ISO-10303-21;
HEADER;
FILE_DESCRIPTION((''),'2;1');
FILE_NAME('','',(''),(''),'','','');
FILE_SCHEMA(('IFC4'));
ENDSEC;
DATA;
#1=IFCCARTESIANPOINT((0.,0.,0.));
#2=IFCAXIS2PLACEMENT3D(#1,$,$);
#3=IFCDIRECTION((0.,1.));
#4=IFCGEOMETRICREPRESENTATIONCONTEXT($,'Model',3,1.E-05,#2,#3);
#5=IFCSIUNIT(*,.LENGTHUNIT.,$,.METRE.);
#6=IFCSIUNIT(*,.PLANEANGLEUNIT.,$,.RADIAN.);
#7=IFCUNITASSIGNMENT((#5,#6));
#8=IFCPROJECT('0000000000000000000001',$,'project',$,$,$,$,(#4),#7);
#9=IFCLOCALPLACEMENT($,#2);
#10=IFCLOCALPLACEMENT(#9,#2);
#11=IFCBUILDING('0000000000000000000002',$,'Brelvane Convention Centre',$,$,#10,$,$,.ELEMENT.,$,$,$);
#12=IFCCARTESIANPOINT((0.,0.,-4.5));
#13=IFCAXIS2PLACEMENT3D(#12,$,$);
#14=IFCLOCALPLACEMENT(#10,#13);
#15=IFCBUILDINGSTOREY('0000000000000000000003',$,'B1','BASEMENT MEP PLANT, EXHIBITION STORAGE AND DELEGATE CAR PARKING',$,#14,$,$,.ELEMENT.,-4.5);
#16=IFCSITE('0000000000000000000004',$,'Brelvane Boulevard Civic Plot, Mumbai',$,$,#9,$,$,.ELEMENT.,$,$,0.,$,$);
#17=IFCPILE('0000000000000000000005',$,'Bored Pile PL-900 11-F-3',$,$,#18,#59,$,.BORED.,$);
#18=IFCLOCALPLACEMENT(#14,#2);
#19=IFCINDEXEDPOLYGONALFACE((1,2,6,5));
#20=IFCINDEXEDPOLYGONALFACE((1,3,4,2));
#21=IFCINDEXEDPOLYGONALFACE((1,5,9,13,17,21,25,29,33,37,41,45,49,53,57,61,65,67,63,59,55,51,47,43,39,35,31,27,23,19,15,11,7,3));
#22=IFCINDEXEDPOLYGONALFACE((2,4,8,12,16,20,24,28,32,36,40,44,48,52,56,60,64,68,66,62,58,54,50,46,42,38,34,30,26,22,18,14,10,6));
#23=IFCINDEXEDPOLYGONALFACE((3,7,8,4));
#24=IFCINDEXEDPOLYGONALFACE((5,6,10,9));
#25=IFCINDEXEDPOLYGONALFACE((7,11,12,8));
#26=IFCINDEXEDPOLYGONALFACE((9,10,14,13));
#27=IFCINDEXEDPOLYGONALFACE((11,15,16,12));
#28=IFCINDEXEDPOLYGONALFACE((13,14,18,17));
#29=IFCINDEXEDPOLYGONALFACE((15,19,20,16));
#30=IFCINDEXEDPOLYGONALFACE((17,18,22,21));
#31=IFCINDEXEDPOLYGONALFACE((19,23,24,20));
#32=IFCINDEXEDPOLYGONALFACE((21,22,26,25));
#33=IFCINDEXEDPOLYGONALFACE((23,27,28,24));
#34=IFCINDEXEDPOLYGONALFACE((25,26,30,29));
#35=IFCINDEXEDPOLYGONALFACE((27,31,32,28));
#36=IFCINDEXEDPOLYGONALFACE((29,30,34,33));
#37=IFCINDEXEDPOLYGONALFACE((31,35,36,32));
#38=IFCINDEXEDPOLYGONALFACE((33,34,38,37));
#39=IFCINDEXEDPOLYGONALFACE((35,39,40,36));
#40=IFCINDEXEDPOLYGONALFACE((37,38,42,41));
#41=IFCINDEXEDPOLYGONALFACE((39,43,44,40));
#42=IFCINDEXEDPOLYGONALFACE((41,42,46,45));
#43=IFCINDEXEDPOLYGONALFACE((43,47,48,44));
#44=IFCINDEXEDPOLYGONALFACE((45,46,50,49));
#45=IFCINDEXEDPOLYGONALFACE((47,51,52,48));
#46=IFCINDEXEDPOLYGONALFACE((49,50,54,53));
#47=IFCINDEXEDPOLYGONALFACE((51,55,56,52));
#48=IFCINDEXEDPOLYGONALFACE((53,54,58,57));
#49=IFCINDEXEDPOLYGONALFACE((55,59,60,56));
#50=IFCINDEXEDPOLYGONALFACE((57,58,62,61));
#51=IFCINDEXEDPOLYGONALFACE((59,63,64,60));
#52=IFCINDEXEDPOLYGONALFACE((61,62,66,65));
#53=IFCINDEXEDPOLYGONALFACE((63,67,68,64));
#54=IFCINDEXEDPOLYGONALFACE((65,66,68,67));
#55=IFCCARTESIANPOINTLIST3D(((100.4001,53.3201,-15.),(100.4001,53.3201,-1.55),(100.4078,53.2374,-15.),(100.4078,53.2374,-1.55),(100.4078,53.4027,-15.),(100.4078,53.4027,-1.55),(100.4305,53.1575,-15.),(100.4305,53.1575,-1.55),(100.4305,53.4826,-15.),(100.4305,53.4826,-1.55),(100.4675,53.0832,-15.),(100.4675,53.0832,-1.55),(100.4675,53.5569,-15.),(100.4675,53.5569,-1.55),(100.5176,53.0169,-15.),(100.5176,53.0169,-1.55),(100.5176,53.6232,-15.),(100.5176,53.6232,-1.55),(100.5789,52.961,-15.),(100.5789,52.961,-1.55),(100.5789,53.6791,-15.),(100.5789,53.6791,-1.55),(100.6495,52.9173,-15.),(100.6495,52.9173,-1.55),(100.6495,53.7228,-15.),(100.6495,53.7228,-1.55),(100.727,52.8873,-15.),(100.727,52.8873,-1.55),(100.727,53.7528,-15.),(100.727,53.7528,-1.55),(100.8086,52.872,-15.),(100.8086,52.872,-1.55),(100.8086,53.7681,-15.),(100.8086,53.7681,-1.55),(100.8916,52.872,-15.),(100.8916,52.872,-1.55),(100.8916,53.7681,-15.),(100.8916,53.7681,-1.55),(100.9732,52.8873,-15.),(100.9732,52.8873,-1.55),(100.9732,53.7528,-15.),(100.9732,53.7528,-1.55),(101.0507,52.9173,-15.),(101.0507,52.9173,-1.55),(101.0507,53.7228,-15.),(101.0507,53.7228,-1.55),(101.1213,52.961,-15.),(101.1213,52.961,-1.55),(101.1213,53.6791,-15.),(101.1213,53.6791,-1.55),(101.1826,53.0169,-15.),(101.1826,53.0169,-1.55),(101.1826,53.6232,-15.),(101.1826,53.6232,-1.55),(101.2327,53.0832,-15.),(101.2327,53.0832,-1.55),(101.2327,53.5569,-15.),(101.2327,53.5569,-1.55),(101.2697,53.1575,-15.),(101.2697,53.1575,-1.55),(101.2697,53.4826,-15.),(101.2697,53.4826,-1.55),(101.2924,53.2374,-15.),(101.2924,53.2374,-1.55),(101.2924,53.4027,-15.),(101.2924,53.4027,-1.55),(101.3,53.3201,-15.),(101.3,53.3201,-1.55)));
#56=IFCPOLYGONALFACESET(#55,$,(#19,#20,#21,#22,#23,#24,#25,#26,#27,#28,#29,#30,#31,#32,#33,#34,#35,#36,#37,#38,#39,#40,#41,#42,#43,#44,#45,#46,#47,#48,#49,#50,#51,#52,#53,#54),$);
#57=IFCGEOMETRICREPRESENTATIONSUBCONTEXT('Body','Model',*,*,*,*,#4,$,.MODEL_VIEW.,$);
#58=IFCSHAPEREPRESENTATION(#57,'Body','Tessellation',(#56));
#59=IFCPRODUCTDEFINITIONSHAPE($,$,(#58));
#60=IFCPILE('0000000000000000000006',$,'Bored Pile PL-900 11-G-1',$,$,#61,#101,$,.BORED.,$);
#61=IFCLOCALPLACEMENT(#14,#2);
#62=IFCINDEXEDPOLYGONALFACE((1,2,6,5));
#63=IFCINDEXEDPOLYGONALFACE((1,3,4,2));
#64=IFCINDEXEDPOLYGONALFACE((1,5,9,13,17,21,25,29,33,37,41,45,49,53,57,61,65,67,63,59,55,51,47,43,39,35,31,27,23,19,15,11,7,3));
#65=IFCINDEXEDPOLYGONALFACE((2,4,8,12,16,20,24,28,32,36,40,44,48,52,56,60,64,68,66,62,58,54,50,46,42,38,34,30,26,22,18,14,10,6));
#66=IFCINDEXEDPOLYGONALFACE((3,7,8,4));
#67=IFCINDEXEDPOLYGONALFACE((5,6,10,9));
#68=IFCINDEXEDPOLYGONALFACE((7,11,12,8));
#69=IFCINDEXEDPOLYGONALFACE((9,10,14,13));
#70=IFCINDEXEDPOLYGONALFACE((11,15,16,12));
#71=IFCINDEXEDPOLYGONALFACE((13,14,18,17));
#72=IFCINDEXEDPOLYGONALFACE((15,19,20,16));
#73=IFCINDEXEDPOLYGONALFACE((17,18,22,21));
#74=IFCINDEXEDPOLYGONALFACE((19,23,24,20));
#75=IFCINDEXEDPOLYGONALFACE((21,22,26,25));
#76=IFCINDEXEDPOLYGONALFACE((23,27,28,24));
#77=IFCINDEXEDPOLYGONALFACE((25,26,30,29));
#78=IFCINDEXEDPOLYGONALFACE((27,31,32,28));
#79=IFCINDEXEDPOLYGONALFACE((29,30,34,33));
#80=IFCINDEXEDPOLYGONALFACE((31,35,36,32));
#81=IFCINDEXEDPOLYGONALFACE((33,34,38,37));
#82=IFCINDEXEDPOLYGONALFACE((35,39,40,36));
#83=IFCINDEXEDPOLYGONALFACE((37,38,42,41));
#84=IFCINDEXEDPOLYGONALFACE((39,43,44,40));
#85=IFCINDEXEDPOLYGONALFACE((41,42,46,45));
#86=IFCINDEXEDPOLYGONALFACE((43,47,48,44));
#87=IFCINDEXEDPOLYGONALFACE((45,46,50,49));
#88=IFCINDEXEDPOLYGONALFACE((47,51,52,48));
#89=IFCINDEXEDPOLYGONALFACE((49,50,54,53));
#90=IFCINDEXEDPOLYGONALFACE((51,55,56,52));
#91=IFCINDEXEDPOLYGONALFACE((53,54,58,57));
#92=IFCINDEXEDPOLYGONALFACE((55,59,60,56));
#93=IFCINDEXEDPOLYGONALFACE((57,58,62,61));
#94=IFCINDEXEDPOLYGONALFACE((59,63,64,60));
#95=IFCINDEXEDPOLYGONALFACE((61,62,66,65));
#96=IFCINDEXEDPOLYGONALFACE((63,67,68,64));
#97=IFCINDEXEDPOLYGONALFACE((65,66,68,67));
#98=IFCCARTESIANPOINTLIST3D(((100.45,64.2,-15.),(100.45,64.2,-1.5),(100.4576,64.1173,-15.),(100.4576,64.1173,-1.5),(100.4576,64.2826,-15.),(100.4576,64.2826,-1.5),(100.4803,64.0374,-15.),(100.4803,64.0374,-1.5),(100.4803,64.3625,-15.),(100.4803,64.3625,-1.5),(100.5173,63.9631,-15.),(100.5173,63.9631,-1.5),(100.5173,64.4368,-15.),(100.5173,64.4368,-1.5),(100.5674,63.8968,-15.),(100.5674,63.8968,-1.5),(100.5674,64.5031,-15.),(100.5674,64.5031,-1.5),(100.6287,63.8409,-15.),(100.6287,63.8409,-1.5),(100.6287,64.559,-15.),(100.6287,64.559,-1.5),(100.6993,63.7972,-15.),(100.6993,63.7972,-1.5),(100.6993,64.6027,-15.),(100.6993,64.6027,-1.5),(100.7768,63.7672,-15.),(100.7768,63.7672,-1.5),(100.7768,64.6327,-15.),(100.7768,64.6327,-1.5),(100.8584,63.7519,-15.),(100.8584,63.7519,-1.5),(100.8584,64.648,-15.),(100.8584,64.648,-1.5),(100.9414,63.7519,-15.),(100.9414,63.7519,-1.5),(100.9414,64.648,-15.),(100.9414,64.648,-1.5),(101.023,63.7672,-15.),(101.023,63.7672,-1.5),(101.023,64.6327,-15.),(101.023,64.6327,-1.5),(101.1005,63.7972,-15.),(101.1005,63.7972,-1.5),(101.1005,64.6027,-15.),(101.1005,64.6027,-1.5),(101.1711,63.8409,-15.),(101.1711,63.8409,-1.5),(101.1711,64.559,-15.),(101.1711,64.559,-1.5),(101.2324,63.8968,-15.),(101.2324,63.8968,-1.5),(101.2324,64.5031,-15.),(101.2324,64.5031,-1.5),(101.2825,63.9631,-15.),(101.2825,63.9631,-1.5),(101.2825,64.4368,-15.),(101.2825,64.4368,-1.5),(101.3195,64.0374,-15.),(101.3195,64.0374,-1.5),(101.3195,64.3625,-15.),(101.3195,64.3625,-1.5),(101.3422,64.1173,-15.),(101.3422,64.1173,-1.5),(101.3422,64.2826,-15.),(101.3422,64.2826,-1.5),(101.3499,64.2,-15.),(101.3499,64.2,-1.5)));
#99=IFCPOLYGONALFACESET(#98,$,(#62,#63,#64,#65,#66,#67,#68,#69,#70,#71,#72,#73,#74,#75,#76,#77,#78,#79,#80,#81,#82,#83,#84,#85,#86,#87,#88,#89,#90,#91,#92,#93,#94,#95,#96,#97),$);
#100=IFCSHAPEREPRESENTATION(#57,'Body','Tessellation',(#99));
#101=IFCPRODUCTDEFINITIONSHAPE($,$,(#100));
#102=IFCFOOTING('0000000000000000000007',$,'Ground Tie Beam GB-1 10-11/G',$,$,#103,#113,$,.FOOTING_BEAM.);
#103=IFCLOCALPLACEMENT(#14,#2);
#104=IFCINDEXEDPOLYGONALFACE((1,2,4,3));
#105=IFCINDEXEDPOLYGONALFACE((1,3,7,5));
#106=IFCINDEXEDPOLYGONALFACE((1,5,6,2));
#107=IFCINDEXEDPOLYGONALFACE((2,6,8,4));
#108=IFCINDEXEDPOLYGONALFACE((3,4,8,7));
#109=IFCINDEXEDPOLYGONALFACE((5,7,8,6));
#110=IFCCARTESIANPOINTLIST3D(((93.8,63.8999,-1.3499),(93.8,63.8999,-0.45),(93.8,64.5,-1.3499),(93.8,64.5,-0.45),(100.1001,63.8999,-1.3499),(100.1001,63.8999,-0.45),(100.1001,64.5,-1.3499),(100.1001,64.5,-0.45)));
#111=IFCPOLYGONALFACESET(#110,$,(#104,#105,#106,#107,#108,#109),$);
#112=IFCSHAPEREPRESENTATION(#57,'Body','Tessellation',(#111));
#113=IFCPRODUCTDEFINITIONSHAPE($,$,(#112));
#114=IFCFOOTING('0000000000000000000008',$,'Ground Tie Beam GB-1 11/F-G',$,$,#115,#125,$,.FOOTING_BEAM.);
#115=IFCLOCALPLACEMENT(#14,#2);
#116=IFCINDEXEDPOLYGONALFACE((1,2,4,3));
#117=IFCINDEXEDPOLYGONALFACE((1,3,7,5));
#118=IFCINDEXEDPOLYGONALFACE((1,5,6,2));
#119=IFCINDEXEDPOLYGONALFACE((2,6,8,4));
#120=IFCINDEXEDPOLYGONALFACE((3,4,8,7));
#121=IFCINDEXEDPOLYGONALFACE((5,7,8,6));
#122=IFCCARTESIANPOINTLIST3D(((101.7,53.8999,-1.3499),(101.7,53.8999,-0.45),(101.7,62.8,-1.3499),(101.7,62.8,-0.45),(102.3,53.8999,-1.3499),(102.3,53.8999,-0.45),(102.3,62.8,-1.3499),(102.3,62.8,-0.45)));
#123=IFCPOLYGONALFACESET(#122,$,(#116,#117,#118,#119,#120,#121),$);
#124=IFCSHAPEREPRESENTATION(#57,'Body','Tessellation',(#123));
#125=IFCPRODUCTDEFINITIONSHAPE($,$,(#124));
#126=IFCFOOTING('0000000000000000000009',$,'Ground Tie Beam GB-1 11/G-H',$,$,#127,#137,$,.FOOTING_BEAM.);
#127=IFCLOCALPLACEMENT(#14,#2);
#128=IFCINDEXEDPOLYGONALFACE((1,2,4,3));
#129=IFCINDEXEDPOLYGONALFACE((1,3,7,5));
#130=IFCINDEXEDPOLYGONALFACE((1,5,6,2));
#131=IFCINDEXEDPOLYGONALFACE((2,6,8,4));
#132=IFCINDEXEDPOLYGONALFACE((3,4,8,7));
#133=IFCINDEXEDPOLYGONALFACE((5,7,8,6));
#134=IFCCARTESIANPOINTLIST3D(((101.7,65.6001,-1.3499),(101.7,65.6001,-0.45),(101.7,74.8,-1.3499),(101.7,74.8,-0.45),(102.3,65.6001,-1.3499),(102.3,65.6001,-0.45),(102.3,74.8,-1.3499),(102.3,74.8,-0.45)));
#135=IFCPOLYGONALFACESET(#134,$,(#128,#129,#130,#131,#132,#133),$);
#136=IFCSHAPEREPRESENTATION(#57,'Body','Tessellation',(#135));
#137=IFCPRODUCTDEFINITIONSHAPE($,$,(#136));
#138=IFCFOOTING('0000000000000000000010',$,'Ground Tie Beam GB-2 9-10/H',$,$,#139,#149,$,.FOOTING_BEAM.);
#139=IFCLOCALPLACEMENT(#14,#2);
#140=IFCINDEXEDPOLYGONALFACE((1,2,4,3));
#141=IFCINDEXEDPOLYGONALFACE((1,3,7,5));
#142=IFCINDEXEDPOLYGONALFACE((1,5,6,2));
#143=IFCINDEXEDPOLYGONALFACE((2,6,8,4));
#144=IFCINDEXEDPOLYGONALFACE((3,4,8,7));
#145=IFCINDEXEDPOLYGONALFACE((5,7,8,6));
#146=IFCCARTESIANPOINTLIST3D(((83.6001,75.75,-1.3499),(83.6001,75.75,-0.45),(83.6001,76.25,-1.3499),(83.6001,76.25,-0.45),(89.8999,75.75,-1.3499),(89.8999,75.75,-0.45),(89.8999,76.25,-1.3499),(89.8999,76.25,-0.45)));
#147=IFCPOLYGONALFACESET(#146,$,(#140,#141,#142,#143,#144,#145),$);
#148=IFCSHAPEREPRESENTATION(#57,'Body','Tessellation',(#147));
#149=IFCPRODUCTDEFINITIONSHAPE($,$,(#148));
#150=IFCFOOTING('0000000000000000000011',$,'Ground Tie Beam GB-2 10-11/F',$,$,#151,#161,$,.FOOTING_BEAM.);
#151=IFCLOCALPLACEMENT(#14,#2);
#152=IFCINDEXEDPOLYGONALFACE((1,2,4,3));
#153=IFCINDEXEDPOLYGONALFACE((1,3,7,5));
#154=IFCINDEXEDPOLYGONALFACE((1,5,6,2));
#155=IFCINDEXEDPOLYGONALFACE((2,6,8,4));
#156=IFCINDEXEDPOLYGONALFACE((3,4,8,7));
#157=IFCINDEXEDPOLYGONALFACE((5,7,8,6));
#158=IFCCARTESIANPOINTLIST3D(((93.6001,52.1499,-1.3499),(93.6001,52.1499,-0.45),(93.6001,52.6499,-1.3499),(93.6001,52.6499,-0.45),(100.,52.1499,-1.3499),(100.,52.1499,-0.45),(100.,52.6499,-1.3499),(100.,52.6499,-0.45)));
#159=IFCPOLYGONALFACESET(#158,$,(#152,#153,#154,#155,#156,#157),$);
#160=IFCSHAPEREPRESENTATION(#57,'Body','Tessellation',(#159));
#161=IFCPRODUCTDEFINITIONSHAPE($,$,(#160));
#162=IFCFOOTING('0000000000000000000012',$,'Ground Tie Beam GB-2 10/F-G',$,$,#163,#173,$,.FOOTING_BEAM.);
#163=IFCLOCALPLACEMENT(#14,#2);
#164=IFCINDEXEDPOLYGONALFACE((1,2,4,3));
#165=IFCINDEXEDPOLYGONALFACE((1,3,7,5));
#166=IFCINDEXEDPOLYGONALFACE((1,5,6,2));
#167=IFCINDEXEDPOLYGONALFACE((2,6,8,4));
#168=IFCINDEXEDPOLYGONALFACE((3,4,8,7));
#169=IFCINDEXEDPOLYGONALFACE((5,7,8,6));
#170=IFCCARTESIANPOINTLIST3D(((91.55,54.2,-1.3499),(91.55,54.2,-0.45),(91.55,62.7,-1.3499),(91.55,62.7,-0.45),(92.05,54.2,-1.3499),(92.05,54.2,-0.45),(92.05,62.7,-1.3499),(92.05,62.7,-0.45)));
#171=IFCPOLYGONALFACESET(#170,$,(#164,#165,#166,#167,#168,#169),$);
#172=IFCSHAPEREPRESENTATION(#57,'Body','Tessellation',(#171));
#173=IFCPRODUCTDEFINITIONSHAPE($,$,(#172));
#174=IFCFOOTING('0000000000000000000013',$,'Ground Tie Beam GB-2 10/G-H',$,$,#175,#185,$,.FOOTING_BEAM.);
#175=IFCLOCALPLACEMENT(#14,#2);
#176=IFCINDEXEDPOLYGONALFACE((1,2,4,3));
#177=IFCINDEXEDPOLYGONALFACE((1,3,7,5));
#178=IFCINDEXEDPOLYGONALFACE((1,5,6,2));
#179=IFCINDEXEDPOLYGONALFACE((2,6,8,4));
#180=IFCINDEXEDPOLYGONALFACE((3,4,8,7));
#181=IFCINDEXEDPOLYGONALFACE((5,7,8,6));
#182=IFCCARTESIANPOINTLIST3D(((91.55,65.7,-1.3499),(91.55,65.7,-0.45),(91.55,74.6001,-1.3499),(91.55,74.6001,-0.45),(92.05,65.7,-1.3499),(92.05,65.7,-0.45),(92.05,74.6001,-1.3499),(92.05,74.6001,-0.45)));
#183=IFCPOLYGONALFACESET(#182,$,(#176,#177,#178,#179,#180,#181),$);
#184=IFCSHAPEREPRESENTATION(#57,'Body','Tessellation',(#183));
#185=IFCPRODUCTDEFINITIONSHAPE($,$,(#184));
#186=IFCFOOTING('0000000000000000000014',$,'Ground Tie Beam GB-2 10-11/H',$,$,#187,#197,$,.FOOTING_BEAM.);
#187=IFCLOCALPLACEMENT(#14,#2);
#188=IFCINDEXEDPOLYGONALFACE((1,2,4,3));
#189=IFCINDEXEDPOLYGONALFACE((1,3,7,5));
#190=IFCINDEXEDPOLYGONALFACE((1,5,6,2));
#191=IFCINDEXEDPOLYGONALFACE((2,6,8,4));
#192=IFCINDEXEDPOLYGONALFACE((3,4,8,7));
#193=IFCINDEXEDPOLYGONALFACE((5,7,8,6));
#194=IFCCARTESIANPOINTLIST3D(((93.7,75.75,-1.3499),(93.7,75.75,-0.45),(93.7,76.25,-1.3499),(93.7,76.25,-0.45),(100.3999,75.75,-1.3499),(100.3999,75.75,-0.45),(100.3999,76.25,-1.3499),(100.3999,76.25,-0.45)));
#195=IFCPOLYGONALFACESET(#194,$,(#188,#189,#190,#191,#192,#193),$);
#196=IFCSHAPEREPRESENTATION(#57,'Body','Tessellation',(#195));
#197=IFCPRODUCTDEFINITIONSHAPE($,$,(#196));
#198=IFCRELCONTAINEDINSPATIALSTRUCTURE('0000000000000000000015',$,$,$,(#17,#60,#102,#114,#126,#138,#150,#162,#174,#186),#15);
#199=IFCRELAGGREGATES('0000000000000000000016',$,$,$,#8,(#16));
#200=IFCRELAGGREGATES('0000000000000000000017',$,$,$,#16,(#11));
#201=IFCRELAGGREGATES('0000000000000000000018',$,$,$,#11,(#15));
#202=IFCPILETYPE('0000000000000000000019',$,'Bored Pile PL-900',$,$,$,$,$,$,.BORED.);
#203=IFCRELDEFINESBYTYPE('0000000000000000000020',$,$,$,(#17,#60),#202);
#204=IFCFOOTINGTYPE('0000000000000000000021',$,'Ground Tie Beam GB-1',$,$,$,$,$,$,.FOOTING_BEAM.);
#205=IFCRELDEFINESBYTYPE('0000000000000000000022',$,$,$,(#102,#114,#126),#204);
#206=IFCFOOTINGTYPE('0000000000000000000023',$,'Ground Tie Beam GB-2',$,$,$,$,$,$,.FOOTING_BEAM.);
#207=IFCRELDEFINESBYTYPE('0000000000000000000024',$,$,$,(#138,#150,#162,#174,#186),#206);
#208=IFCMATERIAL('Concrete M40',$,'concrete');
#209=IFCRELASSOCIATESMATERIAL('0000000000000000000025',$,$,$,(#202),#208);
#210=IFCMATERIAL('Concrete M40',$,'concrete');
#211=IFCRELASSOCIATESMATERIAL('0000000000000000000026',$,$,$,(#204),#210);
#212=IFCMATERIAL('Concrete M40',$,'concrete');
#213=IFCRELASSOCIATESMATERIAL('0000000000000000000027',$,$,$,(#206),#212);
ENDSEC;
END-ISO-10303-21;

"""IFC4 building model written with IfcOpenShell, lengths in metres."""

from ifc_helpers import new_model, si_unit, direction, frame, origin, origin_2d, place, context, subcontext, project, spatial, rectangle, circle, extrude, material, material_profile, profile_set, type_object, element, save


model = new_model("IFC4")

# Units and contexts
model_context = context("Model", 3, precision=1e-05, world=origin(), true_north=direction((0.0, 1.0)))
body_context = subcontext(model_context, "Body", "Model", "MODEL_VIEW")
ifc_project = project(units=[si_unit("LENGTHUNIT", "METRE"), si_unit("PLANEANGLEUNIT", "RADIAN")], contexts=[model_context])

# Site, building, storey
site_placement = place(None, origin())
site = spatial("IfcSite", under=ifc_project, at=site_placement, Name="Brelvane Boulevard Civic Plot, Mumbai", CompositionType="ELEMENT", RefElevation=0.0)
building_placement = place(site_placement, origin())
building = spatial("IfcBuilding", under=site, at=building_placement, Name="Brelvane Convention Centre", CompositionType="ELEMENT")
storey_placement = place(building_placement, frame((0.0, 0.0, -4.5)))
storey = spatial("IfcBuildingStorey", under=building, at=storey_placement, Name="B1", Description="BASEMENT MEP PLANT, EXHIBITION STORAGE AND DELEGATE CAR PARKING", CompositionType="ELEMENT", Elevation=-4.5)

# Piles
ifc_material_1 = material(Name="Concrete M40", Category="concrete")
ifc_material_profile_1 = material_profile(ifc_material_1, circle(Radius=0.45, at=origin_2d()), Name="PILE D900")
ifc_profile_set_1 = profile_set([ifc_material_profile_1], Name="Concrete M40")
pile_type = type_object("IfcPileType", Name="Bored Pile PL-900", PredefinedType="BORED", material=ifc_profile_set_1)
pile_1_placement = place(storey_placement, frame((100.8501, 53.3201, -1.55), z_axis=(0.0, 0.0, -1.0), x_axis=(1.0, 0.0, 0.0)))
element("IfcPile", 1, at=pile_1_placement, inside=storey, type_object=pile_type, Name="Bored Pile PL-900 11-F-3", PredefinedType="BORED", context=body_context, shape_type="SweptSolid", body=[
    extrude(circle(Radius=0.45, at=origin_2d()), origin(), (0.0, 0.0, 1.0), 13.45),
])
pile_2_placement = place(storey_placement, frame((100.8999, 64.2, -1.5), z_axis=(0.0, 0.0, -1.0), x_axis=(1.0, 0.0, 0.0)))
element("IfcPile", 2, at=pile_2_placement, inside=storey, type_object=pile_type, Name="Bored Pile PL-900 11-G-1", PredefinedType="BORED", context=body_context, shape_type="SweptSolid", body=[
    extrude(circle(Radius=0.45, at=origin_2d()), origin(), (0.0, 0.0, 1.0), 13.5),
])

# Footings
ifc_material_2 = material(Name="Concrete M40", Category="concrete")
ifc_material_profile_2 = material_profile(ifc_material_2, rectangle(XDim=0.6001, YDim=0.8999, at=origin_2d()), Name="RC 600x900")
ifc_profile_set_2 = profile_set([ifc_material_profile_2], Name="Concrete M40")
footing_type_1 = type_object("IfcFootingType", Name="Ground Tie Beam GB-1", PredefinedType="FOOTING_BEAM", material=ifc_profile_set_2)
footing_1_placement = place(storey_placement, frame((93.8, 64.2, -0.8999), z_axis=(1.0, 0.0, 0.0), x_axis=(0.0, 1.0, 0.0)))
element("IfcFooting", 3, at=footing_1_placement, inside=storey, type_object=footing_type_1, Name="Ground Tie Beam GB-1 10-11/G", PredefinedType="FOOTING_BEAM", context=body_context, shape_type="SweptSolid", body=[
    extrude(rectangle(XDim=0.6001, YDim=0.8999, at=origin_2d()), origin(), (0.0, 0.0, 1.0), 6.3),
])
footing_2_placement = place(storey_placement, frame((102.0, 53.8999, -0.8999), z_axis=(0.0, 1.0, 0.0), x_axis=(-1.0, 0.0, 0.0)))
element("IfcFooting", 4, at=footing_2_placement, inside=storey, type_object=footing_type_1, Name="Ground Tie Beam GB-1 11/F-G", PredefinedType="FOOTING_BEAM", context=body_context, shape_type="SweptSolid", body=[
    extrude(rectangle(XDim=0.6001, YDim=0.8999, at=origin_2d()), origin(), (0.0, 0.0, 1.0), 8.9001),
])
footing_3_placement = place(storey_placement, frame((102.0, 65.6001, -0.8999), z_axis=(0.0, 1.0, 0.0), x_axis=(-1.0, 0.0, 0.0)))
element("IfcFooting", 5, at=footing_3_placement, inside=storey, type_object=footing_type_1, Name="Ground Tie Beam GB-1 11/G-H", PredefinedType="FOOTING_BEAM", context=body_context, shape_type="SweptSolid", body=[
    extrude(rectangle(XDim=0.6001, YDim=0.8999, at=origin_2d()), origin(), (0.0, 0.0, 1.0), 9.2),
])
ifc_material_3 = material(Name="Concrete M40", Category="concrete")
ifc_material_profile_3 = material_profile(ifc_material_3, rectangle(XDim=0.5, YDim=0.8999, at=origin_2d()), Name="RC 500x900")
ifc_profile_set_3 = profile_set([ifc_material_profile_3], Name="Concrete M40")
footing_type_2 = type_object("IfcFootingType", Name="Ground Tie Beam GB-2", PredefinedType="FOOTING_BEAM", material=ifc_profile_set_3)
footing_4_placement = place(storey_placement, frame((83.6001, 76.0, -0.8999), z_axis=(1.0, 0.0, 0.0), x_axis=(0.0, 1.0, 0.0)))
element("IfcFooting", 6, at=footing_4_placement, inside=storey, type_object=footing_type_2, Name="Ground Tie Beam GB-2 9-10/H", PredefinedType="FOOTING_BEAM", context=body_context, shape_type="SweptSolid", body=[
    extrude(rectangle(XDim=0.5, YDim=0.8999, at=origin_2d()), origin(), (0.0, 0.0, 1.0), 6.2998),
])
footing_5_placement = place(storey_placement, frame((93.6001, 52.3999, -0.8999), z_axis=(1.0, 0.0, 0.0), x_axis=(0.0, 1.0, 0.0)))
element("IfcFooting", 7, at=footing_5_placement, inside=storey, type_object=footing_type_2, Name="Ground Tie Beam GB-2 10-11/F", PredefinedType="FOOTING_BEAM", context=body_context, shape_type="SweptSolid", body=[
    extrude(rectangle(XDim=0.5, YDim=0.8999, at=origin_2d()), origin(), (0.0, 0.0, 1.0), 6.3999),
])
footing_6_placement = place(storey_placement, frame((91.8, 54.2, -0.8999), z_axis=(0.0, 1.0, 0.0), x_axis=(-1.0, 0.0, 0.0)))
element("IfcFooting", 8, at=footing_6_placement, inside=storey, type_object=footing_type_2, Name="Ground Tie Beam GB-2 10/F-G", PredefinedType="FOOTING_BEAM", context=body_context, shape_type="SweptSolid", body=[
    extrude(rectangle(XDim=0.5, YDim=0.8999, at=origin_2d()), origin(), (0.0, 0.0, 1.0), 8.5),
])
footing_7_placement = place(storey_placement, frame((91.8, 65.7, -0.8999), z_axis=(0.0, 1.0, 0.0), x_axis=(-1.0, 0.0, 0.0)))
element("IfcFooting", 9, at=footing_7_placement, inside=storey, type_object=footing_type_2, Name="Ground Tie Beam GB-2 10/G-H", PredefinedType="FOOTING_BEAM", context=body_context, shape_type="SweptSolid", body=[
    extrude(rectangle(XDim=0.5, YDim=0.8999, at=origin_2d()), origin(), (0.0, 0.0, 1.0), 8.9001),
])
footing_8_placement = place(storey_placement, frame((93.7, 76.0, -0.8999), z_axis=(1.0, 0.0, 0.0), x_axis=(0.0, 1.0, 0.0)))
element("IfcFooting", 10, at=footing_8_placement, inside=storey, type_object=footing_type_2, Name="Ground Tie Beam GB-2 10-11/H", PredefinedType="FOOTING_BEAM", context=body_context, shape_type="SweptSolid", body=[
    extrude(rectangle(XDim=0.5, YDim=0.8999, at=origin_2d()), origin(), (0.0, 0.0, 1.0), 6.7),
])

save(model, "model.ifc")
